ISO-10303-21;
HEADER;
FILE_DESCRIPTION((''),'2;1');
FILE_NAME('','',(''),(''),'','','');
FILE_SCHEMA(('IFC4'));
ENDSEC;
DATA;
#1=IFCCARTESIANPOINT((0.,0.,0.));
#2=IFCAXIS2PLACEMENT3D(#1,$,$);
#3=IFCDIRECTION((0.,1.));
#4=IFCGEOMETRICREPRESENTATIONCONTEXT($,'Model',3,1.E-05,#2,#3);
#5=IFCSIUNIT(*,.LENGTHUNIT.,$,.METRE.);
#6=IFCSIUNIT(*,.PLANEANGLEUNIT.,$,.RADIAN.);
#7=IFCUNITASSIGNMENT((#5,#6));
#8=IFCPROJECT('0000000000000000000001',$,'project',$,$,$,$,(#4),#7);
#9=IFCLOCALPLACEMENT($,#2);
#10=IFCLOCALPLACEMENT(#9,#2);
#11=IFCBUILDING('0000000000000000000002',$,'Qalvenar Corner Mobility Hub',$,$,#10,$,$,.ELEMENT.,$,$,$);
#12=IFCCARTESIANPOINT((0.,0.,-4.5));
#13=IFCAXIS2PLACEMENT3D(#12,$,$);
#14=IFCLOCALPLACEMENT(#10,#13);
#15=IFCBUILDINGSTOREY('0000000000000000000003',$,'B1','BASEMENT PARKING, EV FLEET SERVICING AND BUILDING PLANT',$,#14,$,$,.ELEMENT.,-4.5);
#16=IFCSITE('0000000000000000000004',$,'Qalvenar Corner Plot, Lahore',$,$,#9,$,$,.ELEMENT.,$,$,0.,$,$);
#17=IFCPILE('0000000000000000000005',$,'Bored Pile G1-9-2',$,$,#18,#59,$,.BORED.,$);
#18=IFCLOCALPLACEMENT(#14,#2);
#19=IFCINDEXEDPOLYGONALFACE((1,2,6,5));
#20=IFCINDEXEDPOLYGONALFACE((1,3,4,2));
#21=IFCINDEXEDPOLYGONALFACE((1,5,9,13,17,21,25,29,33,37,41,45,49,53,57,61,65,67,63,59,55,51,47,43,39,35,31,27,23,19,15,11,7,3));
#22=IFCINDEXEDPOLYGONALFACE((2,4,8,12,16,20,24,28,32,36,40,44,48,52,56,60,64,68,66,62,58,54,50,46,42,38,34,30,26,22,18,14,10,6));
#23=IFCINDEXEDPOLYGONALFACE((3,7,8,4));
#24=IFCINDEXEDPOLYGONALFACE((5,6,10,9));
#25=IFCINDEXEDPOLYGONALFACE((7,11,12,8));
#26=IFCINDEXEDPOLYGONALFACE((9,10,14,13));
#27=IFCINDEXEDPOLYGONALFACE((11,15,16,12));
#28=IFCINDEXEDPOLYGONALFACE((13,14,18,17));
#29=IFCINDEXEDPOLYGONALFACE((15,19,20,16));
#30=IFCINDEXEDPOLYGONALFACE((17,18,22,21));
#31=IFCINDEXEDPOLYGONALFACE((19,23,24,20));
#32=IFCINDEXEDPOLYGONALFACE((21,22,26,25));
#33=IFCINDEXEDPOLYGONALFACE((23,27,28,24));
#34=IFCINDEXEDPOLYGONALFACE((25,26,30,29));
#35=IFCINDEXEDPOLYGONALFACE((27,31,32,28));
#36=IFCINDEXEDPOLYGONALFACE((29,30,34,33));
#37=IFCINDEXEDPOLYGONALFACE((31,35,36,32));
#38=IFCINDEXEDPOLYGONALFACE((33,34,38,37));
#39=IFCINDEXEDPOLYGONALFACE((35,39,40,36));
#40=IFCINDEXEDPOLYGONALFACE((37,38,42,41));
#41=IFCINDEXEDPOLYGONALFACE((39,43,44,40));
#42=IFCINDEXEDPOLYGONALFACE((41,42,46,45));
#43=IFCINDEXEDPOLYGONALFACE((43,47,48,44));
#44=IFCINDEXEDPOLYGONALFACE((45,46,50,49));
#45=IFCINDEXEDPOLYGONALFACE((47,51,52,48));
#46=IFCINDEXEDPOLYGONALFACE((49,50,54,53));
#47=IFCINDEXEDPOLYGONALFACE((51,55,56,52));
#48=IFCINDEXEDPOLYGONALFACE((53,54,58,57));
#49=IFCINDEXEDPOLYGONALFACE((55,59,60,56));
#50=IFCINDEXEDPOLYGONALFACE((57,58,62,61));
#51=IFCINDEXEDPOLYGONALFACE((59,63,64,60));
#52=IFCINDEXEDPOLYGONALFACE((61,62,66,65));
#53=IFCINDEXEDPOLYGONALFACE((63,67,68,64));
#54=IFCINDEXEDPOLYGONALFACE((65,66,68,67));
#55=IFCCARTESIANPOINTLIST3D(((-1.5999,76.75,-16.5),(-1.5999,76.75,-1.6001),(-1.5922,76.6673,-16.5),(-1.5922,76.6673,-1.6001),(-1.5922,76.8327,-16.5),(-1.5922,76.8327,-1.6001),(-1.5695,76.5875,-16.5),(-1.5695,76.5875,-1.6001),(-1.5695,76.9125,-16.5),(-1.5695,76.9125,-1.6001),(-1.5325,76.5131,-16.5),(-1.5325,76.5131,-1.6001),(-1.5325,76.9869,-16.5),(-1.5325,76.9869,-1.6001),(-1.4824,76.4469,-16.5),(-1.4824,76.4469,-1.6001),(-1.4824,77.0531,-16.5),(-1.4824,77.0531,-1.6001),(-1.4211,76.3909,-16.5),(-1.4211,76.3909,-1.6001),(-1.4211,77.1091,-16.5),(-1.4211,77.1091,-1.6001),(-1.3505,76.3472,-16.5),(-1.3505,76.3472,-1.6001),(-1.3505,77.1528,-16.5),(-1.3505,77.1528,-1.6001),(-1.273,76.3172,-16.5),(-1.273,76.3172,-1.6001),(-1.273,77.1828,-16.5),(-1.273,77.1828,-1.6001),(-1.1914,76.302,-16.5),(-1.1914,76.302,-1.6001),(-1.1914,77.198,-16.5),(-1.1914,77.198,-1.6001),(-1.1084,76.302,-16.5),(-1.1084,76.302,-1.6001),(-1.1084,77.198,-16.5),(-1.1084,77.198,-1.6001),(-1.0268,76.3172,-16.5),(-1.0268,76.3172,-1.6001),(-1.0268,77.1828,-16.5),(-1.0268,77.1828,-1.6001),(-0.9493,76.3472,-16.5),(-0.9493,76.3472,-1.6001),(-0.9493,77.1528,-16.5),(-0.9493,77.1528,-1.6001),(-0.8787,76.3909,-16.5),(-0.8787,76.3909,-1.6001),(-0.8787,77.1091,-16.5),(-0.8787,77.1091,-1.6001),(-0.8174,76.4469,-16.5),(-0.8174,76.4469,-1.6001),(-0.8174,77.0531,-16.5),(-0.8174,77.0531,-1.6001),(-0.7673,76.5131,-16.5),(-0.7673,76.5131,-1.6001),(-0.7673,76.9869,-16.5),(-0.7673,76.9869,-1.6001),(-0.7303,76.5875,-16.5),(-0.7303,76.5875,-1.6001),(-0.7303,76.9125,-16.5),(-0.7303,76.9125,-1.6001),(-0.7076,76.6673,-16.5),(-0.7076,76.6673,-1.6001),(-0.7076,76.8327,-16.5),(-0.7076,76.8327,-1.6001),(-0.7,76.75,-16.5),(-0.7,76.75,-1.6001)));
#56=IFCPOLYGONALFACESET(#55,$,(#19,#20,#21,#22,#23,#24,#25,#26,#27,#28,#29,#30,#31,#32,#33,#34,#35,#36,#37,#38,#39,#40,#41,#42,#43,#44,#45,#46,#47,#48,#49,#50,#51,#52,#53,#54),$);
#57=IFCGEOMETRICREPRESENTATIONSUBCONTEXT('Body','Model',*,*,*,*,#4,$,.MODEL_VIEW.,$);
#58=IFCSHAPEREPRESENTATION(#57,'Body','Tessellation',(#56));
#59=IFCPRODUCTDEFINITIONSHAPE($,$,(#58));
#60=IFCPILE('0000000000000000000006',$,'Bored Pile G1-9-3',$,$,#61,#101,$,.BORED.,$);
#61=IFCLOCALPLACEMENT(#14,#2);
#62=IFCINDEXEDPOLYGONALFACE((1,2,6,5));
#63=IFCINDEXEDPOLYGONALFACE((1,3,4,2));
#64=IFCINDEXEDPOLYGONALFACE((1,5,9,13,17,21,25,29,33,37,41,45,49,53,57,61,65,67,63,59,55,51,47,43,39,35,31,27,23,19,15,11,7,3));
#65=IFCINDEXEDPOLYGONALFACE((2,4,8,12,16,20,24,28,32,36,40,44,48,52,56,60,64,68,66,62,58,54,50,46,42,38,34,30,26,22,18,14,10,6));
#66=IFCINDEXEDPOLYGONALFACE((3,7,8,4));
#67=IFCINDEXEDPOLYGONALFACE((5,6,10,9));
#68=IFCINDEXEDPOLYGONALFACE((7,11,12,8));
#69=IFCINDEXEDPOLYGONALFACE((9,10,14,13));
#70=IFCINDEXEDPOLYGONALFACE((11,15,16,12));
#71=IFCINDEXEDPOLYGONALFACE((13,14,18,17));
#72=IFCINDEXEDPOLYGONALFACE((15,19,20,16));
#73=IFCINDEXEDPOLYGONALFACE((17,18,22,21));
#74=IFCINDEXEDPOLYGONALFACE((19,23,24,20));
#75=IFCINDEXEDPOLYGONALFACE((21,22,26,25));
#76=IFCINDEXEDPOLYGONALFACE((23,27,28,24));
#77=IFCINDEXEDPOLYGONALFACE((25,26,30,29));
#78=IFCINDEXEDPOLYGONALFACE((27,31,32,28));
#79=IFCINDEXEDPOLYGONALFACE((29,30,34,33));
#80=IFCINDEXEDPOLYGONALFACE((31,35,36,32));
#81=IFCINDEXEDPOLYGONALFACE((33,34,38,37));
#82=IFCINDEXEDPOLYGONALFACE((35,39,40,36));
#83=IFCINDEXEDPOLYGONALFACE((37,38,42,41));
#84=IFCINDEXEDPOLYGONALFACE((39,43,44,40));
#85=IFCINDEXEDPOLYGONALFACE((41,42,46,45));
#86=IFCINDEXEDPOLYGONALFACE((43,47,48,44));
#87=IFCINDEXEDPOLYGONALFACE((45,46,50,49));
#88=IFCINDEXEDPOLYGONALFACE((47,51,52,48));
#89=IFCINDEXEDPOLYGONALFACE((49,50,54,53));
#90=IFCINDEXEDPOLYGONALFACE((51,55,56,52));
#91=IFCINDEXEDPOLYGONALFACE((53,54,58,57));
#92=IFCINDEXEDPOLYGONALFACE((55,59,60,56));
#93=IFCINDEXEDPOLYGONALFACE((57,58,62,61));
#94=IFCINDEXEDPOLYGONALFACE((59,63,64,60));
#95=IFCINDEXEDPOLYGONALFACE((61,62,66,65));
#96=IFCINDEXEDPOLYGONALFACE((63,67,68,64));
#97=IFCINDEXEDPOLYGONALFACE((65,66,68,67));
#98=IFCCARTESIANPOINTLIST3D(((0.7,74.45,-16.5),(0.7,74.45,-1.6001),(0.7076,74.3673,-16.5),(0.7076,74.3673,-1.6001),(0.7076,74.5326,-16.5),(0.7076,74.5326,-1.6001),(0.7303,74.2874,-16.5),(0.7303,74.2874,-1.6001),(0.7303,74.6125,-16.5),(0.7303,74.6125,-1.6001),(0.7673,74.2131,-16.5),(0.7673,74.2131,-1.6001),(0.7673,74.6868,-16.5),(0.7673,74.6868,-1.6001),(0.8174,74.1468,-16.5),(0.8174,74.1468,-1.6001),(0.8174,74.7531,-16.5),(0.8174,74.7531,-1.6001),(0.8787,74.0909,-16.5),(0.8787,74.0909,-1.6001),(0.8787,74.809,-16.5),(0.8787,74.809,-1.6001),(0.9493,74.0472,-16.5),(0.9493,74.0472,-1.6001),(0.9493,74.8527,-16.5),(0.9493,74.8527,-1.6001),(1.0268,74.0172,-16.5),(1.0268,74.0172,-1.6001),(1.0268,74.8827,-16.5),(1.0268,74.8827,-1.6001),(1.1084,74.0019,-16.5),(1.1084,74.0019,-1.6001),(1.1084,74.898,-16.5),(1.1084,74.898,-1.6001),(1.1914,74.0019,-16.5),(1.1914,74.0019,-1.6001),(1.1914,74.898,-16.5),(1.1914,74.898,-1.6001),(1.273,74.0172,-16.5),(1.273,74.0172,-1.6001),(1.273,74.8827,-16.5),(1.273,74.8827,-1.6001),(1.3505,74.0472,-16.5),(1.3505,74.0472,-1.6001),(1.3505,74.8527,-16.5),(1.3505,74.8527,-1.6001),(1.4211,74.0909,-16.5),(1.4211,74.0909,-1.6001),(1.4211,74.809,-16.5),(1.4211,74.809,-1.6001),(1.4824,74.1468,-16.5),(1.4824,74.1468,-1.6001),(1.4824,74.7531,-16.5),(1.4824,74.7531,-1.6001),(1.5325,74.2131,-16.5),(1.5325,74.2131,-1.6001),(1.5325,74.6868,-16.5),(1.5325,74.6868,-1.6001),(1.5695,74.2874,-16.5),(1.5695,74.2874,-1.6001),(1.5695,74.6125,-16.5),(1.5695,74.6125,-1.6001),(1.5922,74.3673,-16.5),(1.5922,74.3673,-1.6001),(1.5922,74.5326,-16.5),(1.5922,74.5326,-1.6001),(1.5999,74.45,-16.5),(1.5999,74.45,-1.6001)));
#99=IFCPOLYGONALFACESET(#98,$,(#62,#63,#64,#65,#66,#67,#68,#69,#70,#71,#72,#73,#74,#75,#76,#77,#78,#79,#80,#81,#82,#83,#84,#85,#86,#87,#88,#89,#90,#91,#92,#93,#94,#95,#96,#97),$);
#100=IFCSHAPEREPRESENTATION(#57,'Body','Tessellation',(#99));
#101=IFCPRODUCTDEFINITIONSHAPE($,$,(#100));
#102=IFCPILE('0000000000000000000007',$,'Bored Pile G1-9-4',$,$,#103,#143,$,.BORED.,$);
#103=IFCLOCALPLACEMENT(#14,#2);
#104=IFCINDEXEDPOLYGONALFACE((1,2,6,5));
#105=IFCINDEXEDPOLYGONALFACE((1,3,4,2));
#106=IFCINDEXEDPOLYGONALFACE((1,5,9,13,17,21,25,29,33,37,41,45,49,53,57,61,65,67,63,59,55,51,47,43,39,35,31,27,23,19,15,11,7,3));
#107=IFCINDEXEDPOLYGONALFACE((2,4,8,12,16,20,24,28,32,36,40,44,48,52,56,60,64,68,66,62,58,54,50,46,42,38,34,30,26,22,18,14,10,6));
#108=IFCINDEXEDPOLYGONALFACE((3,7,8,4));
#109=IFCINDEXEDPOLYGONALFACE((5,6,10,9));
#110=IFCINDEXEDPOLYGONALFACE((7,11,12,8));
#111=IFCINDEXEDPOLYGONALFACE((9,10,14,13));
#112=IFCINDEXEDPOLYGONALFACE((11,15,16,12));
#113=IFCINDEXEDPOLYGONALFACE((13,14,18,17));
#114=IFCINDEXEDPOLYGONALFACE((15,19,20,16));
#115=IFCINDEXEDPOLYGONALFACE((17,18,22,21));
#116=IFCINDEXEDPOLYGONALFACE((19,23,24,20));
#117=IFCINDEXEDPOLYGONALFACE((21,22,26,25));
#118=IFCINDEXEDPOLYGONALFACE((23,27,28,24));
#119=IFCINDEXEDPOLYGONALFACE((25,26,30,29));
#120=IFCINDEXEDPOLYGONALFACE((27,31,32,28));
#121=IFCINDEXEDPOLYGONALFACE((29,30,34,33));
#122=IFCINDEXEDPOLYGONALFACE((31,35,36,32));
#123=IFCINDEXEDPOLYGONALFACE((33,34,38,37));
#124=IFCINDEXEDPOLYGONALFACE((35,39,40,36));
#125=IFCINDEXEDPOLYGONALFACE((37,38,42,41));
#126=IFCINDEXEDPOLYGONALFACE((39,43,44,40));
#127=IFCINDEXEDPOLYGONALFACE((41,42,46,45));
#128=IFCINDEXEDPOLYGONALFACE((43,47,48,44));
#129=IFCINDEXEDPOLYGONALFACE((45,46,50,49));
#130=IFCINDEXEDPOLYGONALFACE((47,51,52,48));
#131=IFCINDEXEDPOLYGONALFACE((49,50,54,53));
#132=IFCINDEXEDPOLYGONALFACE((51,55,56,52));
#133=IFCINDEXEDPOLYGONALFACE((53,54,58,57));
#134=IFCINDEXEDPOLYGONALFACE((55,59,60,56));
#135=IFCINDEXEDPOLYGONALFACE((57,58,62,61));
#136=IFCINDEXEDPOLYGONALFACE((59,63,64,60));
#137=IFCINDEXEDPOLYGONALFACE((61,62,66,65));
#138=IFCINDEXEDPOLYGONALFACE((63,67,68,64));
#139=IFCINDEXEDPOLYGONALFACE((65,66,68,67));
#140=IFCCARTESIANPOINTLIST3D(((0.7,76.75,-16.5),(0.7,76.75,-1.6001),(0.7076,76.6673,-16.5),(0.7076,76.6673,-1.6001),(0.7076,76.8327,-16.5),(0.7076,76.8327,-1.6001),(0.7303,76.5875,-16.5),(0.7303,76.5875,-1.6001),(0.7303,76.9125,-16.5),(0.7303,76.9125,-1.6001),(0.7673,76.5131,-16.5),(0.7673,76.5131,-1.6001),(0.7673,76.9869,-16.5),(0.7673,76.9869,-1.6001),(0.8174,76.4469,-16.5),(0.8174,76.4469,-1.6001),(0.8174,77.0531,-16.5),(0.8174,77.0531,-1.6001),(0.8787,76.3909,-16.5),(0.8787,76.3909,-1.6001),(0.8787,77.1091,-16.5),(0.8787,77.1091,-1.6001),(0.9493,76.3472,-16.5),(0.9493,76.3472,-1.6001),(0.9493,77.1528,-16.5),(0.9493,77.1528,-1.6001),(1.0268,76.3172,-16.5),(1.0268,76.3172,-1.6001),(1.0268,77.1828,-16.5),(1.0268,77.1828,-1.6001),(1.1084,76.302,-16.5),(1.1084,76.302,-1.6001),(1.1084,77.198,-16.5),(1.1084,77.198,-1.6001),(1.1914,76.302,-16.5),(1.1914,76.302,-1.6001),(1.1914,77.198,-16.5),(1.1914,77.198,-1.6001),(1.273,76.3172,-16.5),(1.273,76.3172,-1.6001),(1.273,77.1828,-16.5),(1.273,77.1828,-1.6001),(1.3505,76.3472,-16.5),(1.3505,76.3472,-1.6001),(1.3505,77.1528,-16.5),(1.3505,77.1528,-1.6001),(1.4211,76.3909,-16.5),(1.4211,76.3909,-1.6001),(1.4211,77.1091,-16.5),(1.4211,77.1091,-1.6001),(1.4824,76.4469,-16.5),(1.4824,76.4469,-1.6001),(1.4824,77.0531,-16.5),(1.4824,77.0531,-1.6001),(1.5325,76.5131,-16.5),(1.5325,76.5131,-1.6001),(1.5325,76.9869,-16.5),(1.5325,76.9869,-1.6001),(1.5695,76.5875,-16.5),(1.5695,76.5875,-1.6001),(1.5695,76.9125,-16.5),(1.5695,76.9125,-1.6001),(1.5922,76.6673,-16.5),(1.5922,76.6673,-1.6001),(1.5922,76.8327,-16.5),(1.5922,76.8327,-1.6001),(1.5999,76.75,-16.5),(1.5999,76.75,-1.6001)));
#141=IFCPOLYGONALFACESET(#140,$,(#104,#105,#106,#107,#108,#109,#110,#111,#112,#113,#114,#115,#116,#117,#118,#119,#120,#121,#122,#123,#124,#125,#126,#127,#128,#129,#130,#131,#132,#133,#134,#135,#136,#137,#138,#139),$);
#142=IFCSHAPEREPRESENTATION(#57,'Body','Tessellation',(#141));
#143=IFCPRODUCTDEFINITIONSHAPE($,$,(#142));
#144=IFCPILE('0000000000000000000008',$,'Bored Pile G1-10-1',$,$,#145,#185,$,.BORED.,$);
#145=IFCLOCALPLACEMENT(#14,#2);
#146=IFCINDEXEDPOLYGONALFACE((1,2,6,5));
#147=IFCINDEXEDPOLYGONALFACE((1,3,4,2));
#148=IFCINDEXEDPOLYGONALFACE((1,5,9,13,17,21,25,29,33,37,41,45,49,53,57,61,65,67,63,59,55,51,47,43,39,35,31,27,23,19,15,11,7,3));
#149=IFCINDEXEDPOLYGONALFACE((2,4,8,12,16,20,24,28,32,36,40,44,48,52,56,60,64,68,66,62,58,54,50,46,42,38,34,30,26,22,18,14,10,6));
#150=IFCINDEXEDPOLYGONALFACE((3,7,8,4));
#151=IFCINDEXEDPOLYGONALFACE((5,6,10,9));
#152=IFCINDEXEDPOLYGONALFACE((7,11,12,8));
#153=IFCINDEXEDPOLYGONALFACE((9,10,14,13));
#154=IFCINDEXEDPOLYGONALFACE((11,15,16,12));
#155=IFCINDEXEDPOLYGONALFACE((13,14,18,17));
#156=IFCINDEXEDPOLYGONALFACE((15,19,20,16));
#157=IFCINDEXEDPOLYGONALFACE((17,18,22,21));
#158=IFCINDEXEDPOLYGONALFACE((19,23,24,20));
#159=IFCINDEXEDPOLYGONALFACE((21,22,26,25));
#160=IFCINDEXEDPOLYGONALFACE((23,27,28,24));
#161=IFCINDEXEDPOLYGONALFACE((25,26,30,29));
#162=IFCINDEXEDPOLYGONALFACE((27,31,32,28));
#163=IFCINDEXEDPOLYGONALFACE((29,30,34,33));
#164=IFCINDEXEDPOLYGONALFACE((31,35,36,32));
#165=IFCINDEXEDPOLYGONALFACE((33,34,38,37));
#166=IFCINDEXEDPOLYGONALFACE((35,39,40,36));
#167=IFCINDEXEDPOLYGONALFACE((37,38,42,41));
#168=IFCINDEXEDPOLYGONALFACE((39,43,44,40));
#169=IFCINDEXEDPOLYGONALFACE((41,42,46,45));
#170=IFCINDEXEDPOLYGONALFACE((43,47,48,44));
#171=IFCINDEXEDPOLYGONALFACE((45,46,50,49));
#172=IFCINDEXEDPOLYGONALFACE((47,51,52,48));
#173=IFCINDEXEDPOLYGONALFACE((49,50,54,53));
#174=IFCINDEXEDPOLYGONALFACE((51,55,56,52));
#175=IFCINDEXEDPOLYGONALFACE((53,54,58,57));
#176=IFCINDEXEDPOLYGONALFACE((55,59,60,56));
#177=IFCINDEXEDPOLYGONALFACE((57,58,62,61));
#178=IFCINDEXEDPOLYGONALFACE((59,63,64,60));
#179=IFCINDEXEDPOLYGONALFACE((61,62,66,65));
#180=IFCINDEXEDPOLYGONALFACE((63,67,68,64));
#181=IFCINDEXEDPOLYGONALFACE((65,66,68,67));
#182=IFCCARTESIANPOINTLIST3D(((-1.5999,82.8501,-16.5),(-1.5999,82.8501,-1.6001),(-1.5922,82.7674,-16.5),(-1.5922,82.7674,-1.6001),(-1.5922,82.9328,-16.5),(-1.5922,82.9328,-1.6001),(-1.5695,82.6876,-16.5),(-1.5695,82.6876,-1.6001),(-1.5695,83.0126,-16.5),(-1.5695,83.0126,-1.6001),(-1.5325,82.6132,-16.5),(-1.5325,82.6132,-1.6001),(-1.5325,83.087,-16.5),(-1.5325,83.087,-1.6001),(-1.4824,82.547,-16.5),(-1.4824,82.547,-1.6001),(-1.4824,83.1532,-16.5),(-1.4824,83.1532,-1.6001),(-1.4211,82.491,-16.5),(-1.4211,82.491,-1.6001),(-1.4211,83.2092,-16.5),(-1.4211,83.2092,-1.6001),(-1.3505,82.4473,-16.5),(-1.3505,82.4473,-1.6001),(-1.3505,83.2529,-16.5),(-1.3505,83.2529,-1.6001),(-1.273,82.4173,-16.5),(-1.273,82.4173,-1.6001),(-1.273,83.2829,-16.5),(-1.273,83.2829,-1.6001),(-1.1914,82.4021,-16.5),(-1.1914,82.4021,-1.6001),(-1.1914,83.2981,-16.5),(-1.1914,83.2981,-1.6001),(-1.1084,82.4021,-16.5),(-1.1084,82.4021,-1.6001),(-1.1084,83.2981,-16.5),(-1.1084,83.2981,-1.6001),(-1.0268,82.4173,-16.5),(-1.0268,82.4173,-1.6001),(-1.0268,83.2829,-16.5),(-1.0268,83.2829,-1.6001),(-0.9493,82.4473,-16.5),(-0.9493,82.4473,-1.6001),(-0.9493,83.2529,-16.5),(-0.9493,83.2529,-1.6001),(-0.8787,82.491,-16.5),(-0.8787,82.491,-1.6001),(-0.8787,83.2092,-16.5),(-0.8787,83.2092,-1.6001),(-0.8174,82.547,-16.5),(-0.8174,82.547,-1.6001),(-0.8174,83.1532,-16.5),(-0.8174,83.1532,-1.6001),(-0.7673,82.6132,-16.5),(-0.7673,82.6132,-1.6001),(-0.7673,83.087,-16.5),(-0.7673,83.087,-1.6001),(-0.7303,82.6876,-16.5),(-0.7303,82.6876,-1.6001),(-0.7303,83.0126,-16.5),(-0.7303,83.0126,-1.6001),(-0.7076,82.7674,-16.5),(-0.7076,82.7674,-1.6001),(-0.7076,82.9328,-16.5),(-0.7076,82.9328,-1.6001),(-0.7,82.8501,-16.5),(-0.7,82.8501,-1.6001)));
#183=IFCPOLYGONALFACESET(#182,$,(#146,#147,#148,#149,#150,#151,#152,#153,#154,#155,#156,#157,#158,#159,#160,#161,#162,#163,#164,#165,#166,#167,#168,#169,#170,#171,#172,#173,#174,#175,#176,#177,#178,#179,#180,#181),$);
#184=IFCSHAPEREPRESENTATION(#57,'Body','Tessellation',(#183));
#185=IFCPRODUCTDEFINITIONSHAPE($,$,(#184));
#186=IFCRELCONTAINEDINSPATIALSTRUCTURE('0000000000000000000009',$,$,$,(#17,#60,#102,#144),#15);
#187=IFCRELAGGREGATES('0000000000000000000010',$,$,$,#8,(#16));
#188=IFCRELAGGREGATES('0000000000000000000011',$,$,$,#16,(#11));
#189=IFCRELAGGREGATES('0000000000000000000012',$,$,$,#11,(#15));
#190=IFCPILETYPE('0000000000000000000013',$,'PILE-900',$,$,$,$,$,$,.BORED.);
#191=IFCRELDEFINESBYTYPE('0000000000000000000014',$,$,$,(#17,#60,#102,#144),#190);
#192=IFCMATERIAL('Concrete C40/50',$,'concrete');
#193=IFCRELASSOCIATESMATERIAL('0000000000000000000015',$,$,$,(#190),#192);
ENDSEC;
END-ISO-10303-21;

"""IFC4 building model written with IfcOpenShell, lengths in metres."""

from ifc_helpers import new_model, si_unit, direction, frame, origin, origin_2d, place, context, subcontext, project, spatial, circle, extrude, material, material_profile, profile_set, type_object, element, save


model = new_model("IFC4")

# Units and contexts
model_context = context("Model", 3, precision=1e-05, world=origin(), true_north=direction((0.0, 1.0)))
body_context = subcontext(model_context, "Body", "Model", "MODEL_VIEW")
ifc_project = project(units=[si_unit("LENGTHUNIT", "METRE"), si_unit("PLANEANGLEUNIT", "RADIAN")], contexts=[model_context])

# Site, building, storey
site_placement = place(None, origin())
site = spatial("IfcSite", under=ifc_project, at=site_placement, Name="Qalvenar Corner Plot, Lahore", CompositionType="ELEMENT", RefElevation=0.0)
building_placement = place(site_placement, origin())
building = spatial("IfcBuilding", under=site, at=building_placement, Name="Qalvenar Corner Mobility Hub", CompositionType="ELEMENT")
storey_placement = place(building_placement, frame((0.0, 0.0, -4.5)))
storey = spatial("IfcBuildingStorey", under=building, at=storey_placement, Name="B1", Description="BASEMENT PARKING, EV FLEET SERVICING AND BUILDING PLANT", CompositionType="ELEMENT", Elevation=-4.5)

# Shared definitions
ifc_material_1 = material(Name="Concrete C40/50", Category="concrete")

# Piles
ifc_material_profile_1 = material_profile(ifc_material_1, circle(Radius=0.45, at=origin_2d()), Name="DIA900")
ifc_profile_set_1 = profile_set([ifc_material_profile_1], Name="Concrete C40/50")
pile_type = type_object("IfcPileType", Name="PILE-900", PredefinedType="BORED", material=ifc_profile_set_1)
for number, where, z_axis, x_axis, name in (
    (1, (-1.1499, 76.75, -1.6001), (0.0, 0.0, -1.0), (1.0, 0.0, 0.0), "Bored Pile G1-9-2"),
    (2, (1.1499, 74.45, -1.6001), (0.0, 0.0, -1.0), (1.0, 0.0, 0.0), "Bored Pile G1-9-3"),
    (3, (1.1499, 76.75, -1.6001), (0.0, 0.0, -1.0), (1.0, 0.0, 0.0), "Bored Pile G1-9-4"),
    (4, (-1.1499, 82.8501, -1.6001), (0.0, 0.0, -1.0), (1.0, 0.0, 0.0), "Bored Pile G1-10-1"),
):
    element("IfcPile", number, at=place(storey_placement, frame(where, z_axis=z_axis, x_axis=x_axis)), inside=storey, type_object=pile_type, Name=name, PredefinedType="BORED", context=body_context, shape_type="SweptSolid", body=[
        extrude(circle(Radius=0.45, at=origin_2d()), origin(), (0.0, 0.0, 1.0), 14.8999),
    ])

save(model, "model.ifc")
